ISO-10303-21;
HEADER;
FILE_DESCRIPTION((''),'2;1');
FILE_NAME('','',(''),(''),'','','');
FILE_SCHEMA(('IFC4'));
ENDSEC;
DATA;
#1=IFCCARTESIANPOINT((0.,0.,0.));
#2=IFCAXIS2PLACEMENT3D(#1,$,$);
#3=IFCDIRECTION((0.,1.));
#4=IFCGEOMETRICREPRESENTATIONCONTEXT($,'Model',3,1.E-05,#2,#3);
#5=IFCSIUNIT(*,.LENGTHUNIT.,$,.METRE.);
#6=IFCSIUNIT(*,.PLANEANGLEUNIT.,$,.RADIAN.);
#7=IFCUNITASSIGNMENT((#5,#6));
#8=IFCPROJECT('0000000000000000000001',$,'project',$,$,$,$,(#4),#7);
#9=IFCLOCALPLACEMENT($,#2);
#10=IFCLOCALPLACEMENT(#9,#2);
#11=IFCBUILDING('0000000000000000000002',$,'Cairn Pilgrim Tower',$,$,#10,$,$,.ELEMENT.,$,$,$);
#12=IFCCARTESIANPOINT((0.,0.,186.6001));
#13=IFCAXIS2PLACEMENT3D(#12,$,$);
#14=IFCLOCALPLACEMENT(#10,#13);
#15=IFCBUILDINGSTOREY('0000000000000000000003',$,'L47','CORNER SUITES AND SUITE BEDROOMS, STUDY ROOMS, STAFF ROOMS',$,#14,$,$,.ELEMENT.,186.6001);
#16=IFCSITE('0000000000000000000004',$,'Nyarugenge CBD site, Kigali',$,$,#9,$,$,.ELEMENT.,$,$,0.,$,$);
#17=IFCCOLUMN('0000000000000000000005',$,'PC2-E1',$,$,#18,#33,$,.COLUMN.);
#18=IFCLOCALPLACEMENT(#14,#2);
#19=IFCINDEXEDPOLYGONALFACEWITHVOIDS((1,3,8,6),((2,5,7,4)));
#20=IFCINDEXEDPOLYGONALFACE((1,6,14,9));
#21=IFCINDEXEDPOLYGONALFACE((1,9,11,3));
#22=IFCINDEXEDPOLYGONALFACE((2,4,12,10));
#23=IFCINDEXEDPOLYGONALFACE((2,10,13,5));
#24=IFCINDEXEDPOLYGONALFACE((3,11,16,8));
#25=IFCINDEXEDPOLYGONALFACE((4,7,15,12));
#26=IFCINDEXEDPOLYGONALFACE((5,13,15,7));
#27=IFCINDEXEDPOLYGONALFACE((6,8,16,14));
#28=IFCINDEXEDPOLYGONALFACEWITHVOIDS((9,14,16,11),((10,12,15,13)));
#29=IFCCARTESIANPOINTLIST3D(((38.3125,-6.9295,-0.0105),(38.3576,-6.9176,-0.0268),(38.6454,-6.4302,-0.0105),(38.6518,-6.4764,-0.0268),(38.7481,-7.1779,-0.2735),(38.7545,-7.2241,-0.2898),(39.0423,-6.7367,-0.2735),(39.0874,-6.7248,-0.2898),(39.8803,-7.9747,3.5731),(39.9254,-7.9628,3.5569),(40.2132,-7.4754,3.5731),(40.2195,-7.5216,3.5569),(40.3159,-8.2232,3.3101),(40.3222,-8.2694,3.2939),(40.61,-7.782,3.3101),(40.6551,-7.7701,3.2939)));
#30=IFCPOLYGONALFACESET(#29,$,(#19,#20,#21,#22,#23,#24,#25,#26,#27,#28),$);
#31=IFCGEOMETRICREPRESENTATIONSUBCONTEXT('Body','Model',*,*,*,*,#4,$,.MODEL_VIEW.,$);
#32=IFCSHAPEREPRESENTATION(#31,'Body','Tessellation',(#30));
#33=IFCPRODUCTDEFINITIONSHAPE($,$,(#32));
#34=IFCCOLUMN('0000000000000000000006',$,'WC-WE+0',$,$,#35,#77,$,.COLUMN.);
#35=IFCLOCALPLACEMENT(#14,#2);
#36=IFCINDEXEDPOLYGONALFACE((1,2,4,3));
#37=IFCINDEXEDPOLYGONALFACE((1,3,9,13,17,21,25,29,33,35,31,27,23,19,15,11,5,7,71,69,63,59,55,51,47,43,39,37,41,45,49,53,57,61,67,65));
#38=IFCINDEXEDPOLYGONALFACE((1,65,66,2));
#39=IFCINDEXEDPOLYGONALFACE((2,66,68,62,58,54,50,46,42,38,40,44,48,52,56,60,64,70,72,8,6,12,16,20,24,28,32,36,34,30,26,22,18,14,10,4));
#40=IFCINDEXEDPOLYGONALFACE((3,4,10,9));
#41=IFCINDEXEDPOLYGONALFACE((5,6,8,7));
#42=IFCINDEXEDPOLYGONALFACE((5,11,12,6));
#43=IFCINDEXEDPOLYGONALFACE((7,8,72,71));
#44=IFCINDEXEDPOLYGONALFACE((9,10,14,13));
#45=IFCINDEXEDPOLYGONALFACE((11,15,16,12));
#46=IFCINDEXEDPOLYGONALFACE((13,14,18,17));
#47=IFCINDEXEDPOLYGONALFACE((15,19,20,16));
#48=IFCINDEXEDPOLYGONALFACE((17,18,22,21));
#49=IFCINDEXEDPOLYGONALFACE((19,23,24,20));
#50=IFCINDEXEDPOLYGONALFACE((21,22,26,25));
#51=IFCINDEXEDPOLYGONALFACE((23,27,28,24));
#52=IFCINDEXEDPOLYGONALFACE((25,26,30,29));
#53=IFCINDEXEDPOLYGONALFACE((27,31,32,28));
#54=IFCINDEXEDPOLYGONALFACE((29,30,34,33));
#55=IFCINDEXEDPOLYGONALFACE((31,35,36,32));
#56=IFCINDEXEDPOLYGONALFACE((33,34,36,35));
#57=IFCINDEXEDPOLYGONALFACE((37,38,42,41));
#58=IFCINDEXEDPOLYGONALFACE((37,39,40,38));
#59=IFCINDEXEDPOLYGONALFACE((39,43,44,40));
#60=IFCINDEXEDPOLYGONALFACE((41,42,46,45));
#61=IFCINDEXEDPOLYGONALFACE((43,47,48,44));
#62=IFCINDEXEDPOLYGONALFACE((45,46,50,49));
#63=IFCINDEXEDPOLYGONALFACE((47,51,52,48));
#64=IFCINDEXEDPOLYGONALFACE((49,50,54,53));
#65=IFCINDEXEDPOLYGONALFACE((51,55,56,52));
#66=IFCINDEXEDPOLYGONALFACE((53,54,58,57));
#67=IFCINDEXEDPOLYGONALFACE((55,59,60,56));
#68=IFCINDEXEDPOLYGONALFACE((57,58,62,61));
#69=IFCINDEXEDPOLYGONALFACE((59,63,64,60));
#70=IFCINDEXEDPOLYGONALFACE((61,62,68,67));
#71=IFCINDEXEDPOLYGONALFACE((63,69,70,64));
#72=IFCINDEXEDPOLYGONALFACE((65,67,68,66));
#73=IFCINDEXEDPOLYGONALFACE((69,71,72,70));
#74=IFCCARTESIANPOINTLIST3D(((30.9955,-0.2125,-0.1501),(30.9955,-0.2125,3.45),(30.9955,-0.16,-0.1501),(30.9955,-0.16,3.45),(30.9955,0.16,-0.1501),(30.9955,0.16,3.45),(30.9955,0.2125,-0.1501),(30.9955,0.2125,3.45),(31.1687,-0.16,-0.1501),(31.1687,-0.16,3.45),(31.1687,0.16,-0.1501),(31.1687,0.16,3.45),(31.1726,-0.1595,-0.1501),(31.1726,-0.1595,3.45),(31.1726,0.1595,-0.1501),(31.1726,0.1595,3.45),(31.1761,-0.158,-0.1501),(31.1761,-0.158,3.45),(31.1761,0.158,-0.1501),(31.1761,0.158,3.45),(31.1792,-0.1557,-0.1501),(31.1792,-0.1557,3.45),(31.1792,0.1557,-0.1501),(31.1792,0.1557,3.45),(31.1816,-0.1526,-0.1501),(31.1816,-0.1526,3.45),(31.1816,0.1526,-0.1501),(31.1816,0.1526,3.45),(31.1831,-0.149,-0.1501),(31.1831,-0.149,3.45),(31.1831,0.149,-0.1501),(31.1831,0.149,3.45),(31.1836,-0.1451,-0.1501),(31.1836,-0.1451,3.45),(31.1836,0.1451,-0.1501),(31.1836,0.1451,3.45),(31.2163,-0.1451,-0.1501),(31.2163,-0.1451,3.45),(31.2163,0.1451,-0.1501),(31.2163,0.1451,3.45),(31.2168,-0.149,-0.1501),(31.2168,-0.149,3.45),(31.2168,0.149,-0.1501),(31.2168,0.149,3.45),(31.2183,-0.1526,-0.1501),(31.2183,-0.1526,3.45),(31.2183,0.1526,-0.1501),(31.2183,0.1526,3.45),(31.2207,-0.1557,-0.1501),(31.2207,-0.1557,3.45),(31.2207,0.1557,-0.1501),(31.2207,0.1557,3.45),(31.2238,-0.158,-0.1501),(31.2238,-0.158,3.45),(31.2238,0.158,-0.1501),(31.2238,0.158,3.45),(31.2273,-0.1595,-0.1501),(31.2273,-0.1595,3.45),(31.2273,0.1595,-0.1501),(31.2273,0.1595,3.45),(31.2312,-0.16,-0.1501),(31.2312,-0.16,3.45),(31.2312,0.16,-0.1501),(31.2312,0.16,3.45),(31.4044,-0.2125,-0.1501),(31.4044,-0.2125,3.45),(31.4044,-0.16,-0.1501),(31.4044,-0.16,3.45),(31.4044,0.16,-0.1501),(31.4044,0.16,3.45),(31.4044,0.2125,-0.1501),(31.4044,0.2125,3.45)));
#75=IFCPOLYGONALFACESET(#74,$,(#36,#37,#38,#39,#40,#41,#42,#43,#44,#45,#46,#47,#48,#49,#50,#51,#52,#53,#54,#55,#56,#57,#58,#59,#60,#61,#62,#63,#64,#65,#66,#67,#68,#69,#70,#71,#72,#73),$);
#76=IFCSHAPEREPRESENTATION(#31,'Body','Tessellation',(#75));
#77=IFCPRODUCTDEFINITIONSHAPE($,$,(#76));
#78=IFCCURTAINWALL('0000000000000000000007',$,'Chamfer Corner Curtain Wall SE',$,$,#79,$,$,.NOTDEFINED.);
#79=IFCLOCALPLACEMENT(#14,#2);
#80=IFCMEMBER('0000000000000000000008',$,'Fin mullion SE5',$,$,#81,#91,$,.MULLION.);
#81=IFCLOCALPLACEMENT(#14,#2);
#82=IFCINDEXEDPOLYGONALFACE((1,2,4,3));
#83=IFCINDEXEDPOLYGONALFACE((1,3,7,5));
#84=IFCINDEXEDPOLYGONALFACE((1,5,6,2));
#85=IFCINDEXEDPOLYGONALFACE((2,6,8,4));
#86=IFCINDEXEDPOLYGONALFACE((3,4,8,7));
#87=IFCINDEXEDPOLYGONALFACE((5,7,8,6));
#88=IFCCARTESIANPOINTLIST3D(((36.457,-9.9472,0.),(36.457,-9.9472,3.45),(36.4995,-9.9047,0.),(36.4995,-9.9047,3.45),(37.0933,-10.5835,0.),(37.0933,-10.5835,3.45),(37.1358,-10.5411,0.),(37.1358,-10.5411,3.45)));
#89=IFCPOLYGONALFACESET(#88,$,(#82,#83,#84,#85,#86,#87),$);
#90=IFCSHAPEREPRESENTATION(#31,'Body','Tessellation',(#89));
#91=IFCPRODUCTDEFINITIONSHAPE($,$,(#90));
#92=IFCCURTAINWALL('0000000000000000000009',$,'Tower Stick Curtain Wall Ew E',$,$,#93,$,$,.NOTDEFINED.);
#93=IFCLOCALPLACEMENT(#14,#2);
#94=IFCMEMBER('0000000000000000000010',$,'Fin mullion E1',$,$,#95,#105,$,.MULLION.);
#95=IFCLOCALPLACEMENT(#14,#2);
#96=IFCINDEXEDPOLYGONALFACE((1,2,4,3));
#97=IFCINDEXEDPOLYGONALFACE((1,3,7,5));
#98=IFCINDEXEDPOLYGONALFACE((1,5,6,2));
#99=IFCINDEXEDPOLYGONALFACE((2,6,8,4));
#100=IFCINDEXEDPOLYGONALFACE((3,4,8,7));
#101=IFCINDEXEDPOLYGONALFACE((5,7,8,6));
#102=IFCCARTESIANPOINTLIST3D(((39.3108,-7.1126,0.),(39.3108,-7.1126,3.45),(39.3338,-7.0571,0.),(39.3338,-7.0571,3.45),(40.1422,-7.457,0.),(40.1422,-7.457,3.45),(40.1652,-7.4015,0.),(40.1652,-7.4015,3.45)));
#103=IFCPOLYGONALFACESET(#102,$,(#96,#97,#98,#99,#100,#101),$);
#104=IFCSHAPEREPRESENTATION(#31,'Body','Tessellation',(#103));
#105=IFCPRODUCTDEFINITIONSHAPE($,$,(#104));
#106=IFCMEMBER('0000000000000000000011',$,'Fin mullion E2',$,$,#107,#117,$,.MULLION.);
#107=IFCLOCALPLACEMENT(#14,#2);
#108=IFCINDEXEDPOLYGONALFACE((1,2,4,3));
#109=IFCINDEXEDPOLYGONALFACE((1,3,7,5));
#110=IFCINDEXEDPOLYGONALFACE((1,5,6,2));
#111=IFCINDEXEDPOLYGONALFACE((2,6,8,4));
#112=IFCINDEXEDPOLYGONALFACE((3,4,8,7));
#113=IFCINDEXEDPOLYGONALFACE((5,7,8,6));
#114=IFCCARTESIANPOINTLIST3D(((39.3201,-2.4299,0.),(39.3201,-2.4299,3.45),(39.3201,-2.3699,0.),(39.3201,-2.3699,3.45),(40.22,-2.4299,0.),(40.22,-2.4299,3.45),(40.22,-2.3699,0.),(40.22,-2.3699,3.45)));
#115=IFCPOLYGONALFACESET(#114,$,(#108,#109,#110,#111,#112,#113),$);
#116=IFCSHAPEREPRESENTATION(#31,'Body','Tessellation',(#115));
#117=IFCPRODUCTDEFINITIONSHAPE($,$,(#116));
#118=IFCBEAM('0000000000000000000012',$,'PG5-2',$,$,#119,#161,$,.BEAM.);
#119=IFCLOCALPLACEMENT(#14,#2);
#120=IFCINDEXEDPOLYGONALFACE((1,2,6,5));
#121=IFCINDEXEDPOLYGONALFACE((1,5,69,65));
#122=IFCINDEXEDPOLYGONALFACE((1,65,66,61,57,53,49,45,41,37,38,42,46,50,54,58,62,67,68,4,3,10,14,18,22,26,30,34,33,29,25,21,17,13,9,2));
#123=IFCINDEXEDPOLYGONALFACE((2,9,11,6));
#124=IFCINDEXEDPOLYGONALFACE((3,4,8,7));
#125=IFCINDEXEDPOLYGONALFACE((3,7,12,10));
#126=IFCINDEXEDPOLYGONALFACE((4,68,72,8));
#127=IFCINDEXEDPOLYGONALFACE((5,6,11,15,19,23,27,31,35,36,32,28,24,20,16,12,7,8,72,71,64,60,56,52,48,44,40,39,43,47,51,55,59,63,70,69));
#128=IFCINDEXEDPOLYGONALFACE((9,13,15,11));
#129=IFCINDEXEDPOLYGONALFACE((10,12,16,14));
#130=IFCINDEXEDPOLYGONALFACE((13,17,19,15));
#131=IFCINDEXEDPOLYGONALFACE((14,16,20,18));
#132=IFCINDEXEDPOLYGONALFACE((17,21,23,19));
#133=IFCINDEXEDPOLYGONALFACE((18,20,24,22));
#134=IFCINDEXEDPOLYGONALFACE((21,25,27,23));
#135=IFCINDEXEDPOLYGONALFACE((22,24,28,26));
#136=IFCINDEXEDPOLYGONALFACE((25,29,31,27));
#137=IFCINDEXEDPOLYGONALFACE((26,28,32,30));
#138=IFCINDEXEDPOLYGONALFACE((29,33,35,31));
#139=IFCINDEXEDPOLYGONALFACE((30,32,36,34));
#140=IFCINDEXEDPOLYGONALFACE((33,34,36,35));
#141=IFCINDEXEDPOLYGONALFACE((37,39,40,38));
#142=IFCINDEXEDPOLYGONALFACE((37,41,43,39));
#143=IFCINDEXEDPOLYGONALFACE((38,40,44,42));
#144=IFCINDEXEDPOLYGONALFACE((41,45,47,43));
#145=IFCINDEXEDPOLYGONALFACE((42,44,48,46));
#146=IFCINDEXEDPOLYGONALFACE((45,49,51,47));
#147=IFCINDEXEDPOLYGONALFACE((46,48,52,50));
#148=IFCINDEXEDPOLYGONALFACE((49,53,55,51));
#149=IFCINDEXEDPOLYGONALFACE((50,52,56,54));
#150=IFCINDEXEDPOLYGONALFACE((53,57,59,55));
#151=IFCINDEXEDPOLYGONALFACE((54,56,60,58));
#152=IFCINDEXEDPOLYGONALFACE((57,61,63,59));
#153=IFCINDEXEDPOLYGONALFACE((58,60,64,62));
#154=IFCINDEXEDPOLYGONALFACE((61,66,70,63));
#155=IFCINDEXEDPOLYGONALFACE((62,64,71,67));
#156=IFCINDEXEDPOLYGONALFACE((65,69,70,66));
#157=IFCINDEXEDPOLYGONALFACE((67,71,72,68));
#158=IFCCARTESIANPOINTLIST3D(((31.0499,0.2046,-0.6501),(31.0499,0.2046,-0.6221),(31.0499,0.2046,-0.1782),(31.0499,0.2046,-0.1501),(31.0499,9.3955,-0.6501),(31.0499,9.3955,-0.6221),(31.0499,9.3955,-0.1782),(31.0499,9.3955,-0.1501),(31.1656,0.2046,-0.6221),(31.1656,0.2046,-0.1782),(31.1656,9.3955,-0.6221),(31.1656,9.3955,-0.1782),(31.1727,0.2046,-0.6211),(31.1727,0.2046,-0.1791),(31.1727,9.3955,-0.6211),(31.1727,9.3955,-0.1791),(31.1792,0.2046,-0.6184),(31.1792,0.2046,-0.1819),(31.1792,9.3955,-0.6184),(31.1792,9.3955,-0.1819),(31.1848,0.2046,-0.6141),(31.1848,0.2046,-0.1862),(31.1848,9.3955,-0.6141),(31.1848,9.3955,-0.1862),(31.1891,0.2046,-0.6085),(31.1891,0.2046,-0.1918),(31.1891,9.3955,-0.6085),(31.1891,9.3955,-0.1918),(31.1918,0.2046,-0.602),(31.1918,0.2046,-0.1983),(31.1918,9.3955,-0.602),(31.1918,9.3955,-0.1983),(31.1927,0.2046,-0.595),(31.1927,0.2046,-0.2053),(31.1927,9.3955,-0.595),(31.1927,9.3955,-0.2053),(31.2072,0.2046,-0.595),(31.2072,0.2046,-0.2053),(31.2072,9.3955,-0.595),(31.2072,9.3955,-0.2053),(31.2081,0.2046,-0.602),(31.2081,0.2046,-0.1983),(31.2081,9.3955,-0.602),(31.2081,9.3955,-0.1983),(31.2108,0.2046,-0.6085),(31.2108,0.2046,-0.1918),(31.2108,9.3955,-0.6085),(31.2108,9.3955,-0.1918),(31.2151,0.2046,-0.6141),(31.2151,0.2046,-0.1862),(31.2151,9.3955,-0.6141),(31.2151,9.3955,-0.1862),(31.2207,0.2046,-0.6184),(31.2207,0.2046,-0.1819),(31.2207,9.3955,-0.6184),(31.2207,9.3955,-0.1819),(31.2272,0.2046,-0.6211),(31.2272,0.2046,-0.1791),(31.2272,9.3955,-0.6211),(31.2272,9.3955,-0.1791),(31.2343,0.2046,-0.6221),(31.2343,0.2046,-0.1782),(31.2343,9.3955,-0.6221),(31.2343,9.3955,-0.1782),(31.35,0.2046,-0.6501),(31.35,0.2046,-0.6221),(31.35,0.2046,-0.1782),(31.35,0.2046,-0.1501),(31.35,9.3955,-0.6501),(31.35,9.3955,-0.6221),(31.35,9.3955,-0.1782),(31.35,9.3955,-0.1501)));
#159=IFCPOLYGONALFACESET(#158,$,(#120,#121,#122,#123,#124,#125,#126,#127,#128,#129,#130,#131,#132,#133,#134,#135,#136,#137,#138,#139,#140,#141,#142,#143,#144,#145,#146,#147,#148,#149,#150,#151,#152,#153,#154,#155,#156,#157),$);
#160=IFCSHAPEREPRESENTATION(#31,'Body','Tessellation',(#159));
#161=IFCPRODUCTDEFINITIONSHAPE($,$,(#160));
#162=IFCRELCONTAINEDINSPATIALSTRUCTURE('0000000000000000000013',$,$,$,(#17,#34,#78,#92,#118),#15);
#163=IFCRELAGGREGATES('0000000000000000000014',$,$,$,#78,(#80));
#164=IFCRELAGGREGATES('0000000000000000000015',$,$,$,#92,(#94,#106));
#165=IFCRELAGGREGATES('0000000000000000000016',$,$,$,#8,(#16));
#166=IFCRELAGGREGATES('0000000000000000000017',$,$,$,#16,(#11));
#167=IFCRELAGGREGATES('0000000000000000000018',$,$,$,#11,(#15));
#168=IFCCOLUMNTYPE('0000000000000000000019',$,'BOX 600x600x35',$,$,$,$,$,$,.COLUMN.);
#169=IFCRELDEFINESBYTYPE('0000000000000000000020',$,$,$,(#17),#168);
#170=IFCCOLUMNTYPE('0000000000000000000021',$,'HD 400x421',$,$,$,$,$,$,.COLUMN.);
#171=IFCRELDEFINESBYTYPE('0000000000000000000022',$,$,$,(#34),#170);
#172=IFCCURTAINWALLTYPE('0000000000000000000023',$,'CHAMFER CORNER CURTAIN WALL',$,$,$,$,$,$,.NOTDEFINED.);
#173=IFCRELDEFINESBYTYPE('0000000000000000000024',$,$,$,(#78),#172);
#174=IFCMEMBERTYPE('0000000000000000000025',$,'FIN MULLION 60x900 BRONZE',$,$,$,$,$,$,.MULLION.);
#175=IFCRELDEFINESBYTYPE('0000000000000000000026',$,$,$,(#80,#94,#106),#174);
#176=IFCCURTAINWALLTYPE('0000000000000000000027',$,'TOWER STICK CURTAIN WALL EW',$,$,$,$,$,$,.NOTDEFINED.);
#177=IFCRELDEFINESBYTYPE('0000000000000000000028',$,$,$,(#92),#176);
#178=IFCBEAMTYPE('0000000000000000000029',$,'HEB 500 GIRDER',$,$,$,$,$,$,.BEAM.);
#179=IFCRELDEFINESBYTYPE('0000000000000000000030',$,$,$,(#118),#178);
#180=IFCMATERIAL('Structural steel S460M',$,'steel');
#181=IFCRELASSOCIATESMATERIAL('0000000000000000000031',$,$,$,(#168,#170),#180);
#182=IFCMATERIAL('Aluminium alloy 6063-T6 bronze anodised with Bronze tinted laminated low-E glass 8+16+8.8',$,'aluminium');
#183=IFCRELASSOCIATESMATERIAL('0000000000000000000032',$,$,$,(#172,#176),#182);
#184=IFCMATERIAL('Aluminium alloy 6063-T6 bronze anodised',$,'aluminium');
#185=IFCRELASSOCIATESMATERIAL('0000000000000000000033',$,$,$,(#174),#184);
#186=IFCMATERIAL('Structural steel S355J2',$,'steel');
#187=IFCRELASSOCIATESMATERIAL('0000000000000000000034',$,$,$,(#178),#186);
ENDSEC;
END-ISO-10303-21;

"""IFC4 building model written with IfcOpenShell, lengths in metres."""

from ifc_helpers import new_model, si_unit, direction, frame, origin, origin_2d, place, context, subcontext, project, spatial, rectangle, hollow_rectangle, i_section, extrude, clip, halfspace, material, material_profile, profile_set, type_object, element, aggregate, save


model = new_model("IFC4")

# Units and contexts
model_context = context("Model", 3, precision=1e-05, world=origin(), true_north=direction((0.0, 1.0)))
body_context = subcontext(model_context, "Body", "Model", "MODEL_VIEW")
ifc_project = project(units=[si_unit("LENGTHUNIT", "METRE"), si_unit("PLANEANGLEUNIT", "RADIAN")], contexts=[model_context])

# Site, building, storey
site_placement = place(None, origin())
site = spatial("IfcSite", under=ifc_project, at=site_placement, Name="Nyarugenge CBD site, Kigali", CompositionType="ELEMENT", RefElevation=0.0)
building_placement = place(site_placement, origin())
building = spatial("IfcBuilding", under=site, at=building_placement, Name="Cairn Pilgrim Tower", CompositionType="ELEMENT")
storey_placement = place(building_placement, frame((0.0, 0.0, 186.6001)))
storey = spatial("IfcBuildingStorey", under=building, at=storey_placement, Name="L47", Description="CORNER SUITES AND SUITE BEDROOMS, STUDY ROOMS, STAFF ROOMS", CompositionType="ELEMENT", Elevation=186.6001)

# Columns
ifc_material_1 = material(Name="Structural steel S460M", Category="steel")
ifc_material_profile_1 = material_profile(ifc_material_1, hollow_rectangle(XDim=0.6001, YDim=0.6001, WallThickness=0.0349, at=origin_2d()), Name="BOX 600x600x35")
ifc_profile_set_1 = profile_set([ifc_material_profile_1], Name="Structural steel S460M")
column_type_1 = type_object("IfcColumnType", Name="BOX 600x600x35", PredefinedType="COLUMN", material=ifc_profile_set_1)
column_1_placement = place(storey_placement, frame((38.7, -6.8271, -0.1501), z_axis=(0.387213, -0.258162, 0.885109), x_axis=(0.55473, 0.83203, 0.0)))
element("IfcColumn", 1, at=column_1_placement, inside=storey, type_object=column_type_1, Name="PC2-E1", PredefinedType="COLUMN", context=body_context, shape_type="Clipping", body=[
    clip(extrude(hollow_rectangle(XDim=0.6001, YDim=0.6001, WallThickness=0.0349, at=origin_2d()), origin(), (0.0, 0.0, 1.0), 4.0674), halfspace(frame((0.0, 0.0, 4.0488), z_axis=(0.0, 0.0, 1.0), x_axis=(1.0, 0.0, 0.0)), False)),
])
ifc_material_profile_2 = material_profile(ifc_material_1, i_section(OverallWidth=0.4089, OverallDepth=0.425, WebThickness=0.0327, FlangeThickness=0.0525, FilletRadius=0.0149, at=origin_2d()), Name="HD 400x421")
ifc_profile_set_2 = profile_set([ifc_material_profile_2], Name="Structural steel S460M")
column_type_2 = type_object("IfcColumnType", Name="HD 400x421", PredefinedType="COLUMN", material=ifc_profile_set_2)
column_2_placement = place(storey_placement, frame((31.2, 0.0, -0.1501), z_axis=(0.0, 0.0, 1.0), x_axis=(1.0, 0.0, 0.0)))
element("IfcColumn", 2, at=column_2_placement, inside=storey, type_object=column_type_2, Name="WC-WE+0", PredefinedType="COLUMN", context=body_context, shape_type="SweptSolid", body=[
    extrude(i_section(OverallWidth=0.4089, OverallDepth=0.425, WebThickness=0.0327, FlangeThickness=0.0525, FilletRadius=0.0149, at=origin_2d()), origin(), (0.0, 0.0, 1.0), 3.6001),
])

# Curtain wall, member
ifc_material_2 = material(Name="Aluminium alloy 6063-T6 bronze anodised with Bronze tinted laminated low-E glass 8+16+8.8", Category="aluminium")
curtain_wall_type_1 = type_object("IfcCurtainWallType", Name="CHAMFER CORNER CURTAIN WALL", PredefinedType="NOTDEFINED", material=ifc_material_2)
curtain_wall_1_placement = place(storey_placement, origin())
curtain_wall_1 = element("IfcCurtainWall", 3, at=curtain_wall_1_placement, inside=storey, type_object=curtain_wall_type_1, Name="Chamfer Corner Curtain Wall SE", PredefinedType="NOTDEFINED")
ifc_material_3 = material(Name="Aluminium alloy 6063-T6 bronze anodised", Category="aluminium")
ifc_material_profile_3 = material_profile(ifc_material_3, rectangle(XDim=0.8999, YDim=0.0601, at=origin_2d()), Name="FIN MULLION 60x900 BRONZE")
ifc_profile_set_3 = profile_set([ifc_material_profile_3], Name="Aluminium alloy 6063-T6 bronze anodised")
member_type_1 = type_object("IfcMemberType", Name="FIN MULLION 60x900 BRONZE", PredefinedType="MULLION", material=ifc_profile_set_3)
member_1_placement = place(storey_placement, frame((36.7964, -10.2441, 0.0), z_axis=(0.0, 0.0, 1.0), x_axis=(0.707107, -0.707107, 0.0)))
member_1 = element("IfcMember", 4, at=member_1_placement, type_object=member_type_1, Name="Fin mullion SE5", PredefinedType="MULLION", context=body_context, shape_type="SweptSolid", body=[
    extrude(rectangle(XDim=0.8999, YDim=0.0601, at=origin_2d()), origin(), (0.0, 0.0, 1.0), 3.45),
])
aggregate(curtain_wall_1, [member_1])

# Curtain wall, members
curtain_wall_type_2 = type_object("IfcCurtainWallType", Name="TOWER STICK CURTAIN WALL EW", PredefinedType="NOTDEFINED", material=ifc_material_2)
curtain_wall_2_placement = place(storey_placement, origin())
curtain_wall_2 = element("IfcCurtainWall", 5, at=curtain_wall_2_placement, inside=storey, type_object=curtain_wall_type_2, Name="Tower Stick Curtain Wall Ew E", PredefinedType="NOTDEFINED")
member_2_placement = place(storey_placement, frame((39.738, -7.2571, 0.0), z_axis=(0.0, 0.0, 1.0), x_axis=(0.92388, -0.382683, 0.0)))
member_2 = element("IfcMember", 6, at=member_2_placement, type_object=member_type_1, Name="Fin mullion E1", PredefinedType="MULLION", context=body_context, shape_type="SweptSolid", body=[
    extrude(rectangle(XDim=0.8999, YDim=0.0601, at=origin_2d()), origin(), (0.0, 0.0, 1.0), 3.45),
])
member_3_placement = place(storey_placement, frame((39.77, -2.3999, 0.0), z_axis=(0.0, 0.0, 1.0), x_axis=(1.0, 0.0, 0.0)))
member_3 = element("IfcMember", 7, at=member_3_placement, type_object=member_type_1, Name="Fin mullion E2", PredefinedType="MULLION", context=body_context, shape_type="SweptSolid", body=[
    extrude(rectangle(XDim=0.8999, YDim=0.0601, at=origin_2d()), origin(), (0.0, 0.0, 1.0), 3.45),
])

# Beam
ifc_material_4 = material(Name="Structural steel S355J2", Category="steel")
ifc_material_profile_4 = material_profile(ifc_material_4, i_section(OverallWidth=0.3, OverallDepth=0.5, WebThickness=0.0144, FlangeThickness=0.0281, FilletRadius=0.0271, at=origin_2d()), Name="HEB 500")
ifc_profile_set_4 = profile_set([ifc_material_profile_4], Name="Structural steel S355J2")
beam_type_1 = type_object("IfcBeamType", Name="HEB 500 GIRDER", PredefinedType="BEAM", material=ifc_profile_set_4)
beam_1_placement = place(storey_placement, frame((31.2, 0.2046, -0.4001), z_axis=(0.0, 1.0, 0.0), x_axis=(-1.0, 0.0, 0.0)))
element("IfcBeam", 8, at=beam_1_placement, inside=storey, type_object=beam_type_1, Name="PG5-2", PredefinedType="BEAM", context=body_context, shape_type="SweptSolid", body=[
    extrude(i_section(OverallWidth=0.3, OverallDepth=0.5, WebThickness=0.0144, FlangeThickness=0.0281, FilletRadius=0.0271, at=origin_2d()), origin(), (0.0, 0.0, 1.0), 9.1909),
])

aggregate(curtain_wall_2, [member_2, member_3])

save(model, "model.ifc")
